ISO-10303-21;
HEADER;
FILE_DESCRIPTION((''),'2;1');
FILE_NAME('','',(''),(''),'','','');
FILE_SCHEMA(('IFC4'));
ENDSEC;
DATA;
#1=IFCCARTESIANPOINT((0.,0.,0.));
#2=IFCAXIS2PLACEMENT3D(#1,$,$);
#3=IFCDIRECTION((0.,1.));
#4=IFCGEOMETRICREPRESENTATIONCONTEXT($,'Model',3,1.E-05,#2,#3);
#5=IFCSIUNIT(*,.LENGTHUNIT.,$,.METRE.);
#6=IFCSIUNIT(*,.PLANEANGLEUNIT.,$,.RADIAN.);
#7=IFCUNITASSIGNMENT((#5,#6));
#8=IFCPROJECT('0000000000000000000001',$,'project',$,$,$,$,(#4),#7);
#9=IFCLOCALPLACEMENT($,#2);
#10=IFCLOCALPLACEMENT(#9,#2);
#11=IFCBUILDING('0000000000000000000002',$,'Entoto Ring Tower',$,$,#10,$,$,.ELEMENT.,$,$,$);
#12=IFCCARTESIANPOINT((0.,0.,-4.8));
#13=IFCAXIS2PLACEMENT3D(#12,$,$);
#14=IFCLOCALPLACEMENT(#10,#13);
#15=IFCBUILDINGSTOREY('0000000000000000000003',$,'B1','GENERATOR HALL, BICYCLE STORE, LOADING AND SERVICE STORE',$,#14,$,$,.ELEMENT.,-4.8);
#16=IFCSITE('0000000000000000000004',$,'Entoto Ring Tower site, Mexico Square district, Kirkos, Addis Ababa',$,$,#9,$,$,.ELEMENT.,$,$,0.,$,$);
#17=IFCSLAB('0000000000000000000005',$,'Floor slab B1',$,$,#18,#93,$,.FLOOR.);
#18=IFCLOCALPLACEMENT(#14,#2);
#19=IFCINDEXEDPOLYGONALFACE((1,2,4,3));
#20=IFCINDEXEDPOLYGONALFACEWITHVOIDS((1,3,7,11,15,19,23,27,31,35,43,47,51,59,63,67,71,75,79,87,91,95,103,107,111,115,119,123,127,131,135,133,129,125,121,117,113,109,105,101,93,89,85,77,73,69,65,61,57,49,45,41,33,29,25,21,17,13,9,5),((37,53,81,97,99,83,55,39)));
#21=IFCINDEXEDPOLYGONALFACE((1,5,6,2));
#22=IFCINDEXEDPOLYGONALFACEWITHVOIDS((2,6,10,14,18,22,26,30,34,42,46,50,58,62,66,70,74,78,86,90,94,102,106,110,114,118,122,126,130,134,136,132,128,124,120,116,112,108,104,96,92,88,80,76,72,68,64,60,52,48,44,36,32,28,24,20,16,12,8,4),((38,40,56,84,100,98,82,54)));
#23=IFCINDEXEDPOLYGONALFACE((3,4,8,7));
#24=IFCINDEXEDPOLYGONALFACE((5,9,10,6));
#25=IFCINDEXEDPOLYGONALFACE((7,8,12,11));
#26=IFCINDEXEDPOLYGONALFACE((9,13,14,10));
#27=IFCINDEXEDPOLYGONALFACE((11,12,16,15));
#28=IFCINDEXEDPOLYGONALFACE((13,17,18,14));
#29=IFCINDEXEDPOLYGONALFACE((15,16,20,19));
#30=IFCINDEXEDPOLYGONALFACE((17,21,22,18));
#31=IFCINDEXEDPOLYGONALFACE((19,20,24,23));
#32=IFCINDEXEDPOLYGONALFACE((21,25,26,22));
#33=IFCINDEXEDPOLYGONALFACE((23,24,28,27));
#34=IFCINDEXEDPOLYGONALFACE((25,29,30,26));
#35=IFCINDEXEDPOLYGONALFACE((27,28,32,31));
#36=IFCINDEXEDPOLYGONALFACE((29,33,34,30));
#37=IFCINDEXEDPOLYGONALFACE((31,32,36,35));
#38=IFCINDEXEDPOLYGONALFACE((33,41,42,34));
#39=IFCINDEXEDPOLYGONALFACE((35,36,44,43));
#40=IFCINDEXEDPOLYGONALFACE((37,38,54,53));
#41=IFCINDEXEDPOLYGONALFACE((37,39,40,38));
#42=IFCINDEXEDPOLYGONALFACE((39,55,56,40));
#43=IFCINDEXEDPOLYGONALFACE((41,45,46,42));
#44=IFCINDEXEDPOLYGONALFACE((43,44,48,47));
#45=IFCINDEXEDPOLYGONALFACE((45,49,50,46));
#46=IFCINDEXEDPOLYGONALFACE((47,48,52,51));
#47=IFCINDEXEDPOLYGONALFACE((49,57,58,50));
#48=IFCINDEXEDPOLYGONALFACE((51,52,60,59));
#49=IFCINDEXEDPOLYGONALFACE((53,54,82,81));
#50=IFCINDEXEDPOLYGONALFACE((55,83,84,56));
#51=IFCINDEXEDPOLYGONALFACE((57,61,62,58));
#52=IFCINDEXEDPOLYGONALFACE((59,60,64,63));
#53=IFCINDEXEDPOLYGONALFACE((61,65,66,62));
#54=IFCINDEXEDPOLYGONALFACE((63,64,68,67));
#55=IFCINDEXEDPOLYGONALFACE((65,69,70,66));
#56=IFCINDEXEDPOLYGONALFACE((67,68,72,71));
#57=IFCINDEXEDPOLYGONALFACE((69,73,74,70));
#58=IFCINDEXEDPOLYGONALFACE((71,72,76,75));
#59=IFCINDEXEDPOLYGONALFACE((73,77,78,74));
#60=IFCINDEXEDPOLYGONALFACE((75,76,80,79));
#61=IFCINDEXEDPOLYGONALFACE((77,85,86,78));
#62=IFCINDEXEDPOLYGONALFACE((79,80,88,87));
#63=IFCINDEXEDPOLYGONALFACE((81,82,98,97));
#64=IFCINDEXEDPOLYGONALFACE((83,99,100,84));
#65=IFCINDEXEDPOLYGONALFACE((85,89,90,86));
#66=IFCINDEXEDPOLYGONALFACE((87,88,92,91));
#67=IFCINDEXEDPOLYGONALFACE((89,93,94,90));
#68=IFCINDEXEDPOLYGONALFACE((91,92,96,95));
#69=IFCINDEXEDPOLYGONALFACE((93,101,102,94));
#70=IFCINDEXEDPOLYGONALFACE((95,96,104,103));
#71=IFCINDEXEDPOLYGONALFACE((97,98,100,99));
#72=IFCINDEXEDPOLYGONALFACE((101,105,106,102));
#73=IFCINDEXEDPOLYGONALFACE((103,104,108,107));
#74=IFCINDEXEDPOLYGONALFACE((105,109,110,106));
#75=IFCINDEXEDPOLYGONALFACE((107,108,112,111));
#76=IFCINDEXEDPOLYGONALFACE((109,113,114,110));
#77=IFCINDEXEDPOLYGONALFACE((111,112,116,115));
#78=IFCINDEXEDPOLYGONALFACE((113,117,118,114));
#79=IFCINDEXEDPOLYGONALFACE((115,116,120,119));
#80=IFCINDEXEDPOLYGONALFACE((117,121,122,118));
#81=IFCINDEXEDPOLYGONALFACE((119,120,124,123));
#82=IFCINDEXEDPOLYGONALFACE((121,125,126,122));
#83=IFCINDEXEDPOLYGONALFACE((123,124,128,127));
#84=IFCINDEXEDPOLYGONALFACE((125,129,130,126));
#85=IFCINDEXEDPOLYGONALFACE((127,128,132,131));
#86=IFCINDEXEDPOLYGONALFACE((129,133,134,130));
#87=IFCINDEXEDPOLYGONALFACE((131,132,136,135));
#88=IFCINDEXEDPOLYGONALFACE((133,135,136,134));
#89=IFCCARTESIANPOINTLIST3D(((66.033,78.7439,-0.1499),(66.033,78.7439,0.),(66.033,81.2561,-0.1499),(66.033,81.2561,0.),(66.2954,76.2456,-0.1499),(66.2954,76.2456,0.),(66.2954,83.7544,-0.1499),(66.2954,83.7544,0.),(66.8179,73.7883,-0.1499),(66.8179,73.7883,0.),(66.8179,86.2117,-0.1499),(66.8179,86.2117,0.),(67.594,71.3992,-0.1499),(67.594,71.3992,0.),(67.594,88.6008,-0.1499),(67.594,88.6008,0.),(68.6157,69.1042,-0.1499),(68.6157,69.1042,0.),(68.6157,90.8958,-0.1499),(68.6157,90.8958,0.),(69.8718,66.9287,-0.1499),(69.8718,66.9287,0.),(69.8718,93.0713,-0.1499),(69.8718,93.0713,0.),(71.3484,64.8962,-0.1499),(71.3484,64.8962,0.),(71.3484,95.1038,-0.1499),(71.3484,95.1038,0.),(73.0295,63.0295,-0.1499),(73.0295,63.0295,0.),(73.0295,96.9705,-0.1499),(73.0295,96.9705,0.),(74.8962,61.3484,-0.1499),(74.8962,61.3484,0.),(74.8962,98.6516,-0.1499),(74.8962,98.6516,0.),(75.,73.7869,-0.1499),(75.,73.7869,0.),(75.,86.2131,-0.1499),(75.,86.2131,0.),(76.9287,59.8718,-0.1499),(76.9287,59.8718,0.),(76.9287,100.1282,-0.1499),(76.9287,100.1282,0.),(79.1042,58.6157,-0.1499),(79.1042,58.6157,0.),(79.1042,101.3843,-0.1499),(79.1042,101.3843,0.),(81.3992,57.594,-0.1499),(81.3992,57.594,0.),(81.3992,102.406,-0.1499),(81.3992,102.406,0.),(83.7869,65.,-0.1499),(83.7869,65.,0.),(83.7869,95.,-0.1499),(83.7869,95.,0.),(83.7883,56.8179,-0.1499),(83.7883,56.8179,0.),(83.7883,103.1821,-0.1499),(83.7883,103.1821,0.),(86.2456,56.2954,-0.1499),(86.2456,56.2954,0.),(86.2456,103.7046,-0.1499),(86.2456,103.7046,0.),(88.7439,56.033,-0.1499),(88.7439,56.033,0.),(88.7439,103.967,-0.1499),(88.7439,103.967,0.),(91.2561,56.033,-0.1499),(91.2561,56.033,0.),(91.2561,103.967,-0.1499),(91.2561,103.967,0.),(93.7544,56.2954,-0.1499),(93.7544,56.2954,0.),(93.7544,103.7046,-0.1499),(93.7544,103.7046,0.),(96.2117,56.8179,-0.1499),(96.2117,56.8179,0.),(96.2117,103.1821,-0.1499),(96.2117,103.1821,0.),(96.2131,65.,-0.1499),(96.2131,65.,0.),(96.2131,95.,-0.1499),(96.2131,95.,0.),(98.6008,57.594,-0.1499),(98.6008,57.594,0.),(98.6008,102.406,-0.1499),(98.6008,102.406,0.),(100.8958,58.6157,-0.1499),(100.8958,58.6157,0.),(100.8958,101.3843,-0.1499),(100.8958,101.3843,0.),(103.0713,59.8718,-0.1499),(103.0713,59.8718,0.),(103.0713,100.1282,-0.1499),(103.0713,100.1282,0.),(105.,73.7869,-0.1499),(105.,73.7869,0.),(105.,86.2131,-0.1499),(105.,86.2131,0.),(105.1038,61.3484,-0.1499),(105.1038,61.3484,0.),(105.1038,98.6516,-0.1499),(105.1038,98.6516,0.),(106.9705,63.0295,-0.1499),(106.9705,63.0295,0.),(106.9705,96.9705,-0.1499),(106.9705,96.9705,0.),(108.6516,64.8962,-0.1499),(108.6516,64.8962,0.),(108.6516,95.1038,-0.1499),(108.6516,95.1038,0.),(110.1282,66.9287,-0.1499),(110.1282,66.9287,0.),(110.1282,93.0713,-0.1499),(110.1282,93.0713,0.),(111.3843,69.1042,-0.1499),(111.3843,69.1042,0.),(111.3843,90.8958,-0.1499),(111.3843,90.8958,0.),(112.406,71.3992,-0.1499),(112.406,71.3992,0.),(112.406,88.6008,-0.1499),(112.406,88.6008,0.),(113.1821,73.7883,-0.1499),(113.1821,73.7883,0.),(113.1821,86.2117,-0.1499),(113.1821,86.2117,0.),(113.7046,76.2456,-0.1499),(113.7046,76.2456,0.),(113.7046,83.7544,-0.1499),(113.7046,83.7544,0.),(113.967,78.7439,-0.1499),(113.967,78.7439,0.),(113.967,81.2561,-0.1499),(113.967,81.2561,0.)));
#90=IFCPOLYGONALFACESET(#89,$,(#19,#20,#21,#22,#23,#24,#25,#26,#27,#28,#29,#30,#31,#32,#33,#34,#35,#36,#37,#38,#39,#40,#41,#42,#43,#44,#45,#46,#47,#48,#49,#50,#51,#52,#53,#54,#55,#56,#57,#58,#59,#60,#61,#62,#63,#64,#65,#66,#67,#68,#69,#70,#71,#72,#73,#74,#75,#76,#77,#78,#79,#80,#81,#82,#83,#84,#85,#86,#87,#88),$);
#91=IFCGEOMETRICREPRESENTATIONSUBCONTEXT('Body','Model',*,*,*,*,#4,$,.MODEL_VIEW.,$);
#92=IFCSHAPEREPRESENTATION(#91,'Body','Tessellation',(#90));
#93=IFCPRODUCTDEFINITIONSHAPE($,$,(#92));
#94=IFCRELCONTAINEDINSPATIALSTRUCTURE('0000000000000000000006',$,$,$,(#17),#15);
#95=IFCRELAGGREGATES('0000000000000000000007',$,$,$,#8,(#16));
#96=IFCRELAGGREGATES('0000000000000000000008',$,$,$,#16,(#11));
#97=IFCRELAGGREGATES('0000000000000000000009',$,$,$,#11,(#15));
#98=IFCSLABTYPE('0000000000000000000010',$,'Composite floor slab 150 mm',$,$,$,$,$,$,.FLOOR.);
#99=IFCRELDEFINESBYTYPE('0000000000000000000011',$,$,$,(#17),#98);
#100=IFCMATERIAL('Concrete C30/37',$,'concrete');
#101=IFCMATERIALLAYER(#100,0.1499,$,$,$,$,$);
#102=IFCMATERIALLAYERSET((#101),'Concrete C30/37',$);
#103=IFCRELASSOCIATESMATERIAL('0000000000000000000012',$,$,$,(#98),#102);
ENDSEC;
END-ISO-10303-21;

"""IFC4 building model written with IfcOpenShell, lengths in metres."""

from ifc_helpers import new_model, si_unit, direction, frame, origin, place, context, subcontext, project, spatial, polyline, outline, extrude, material, layer, layer_set, type_object, element, save


model = new_model("IFC4")

# Units and contexts
model_context = context("Model", 3, precision=1e-05, world=origin(), true_north=direction((0.0, 1.0)))
body_context = subcontext(model_context, "Body", "Model", "MODEL_VIEW")
ifc_project = project(units=[si_unit("LENGTHUNIT", "METRE"), si_unit("PLANEANGLEUNIT", "RADIAN")], contexts=[model_context])

# Site, building, storey
site_placement = place(None, origin())
site = spatial("IfcSite", under=ifc_project, at=site_placement, Name="Entoto Ring Tower site, Mexico Square district, Kirkos, Addis Ababa", CompositionType="ELEMENT", RefElevation=0.0)
building_placement = place(site_placement, origin())
building = spatial("IfcBuilding", under=site, at=building_placement, Name="Entoto Ring Tower", CompositionType="ELEMENT")
storey_placement = place(building_placement, frame((0.0, 0.0, -4.8)))
storey = spatial("IfcBuildingStorey", under=building, at=storey_placement, Name="B1", Description="GENERATOR HALL, BICYCLE STORE, LOADING AND SERVICE STORE", CompositionType="ELEMENT", Elevation=-4.8)

# Slab
ifc_material_1 = material(Name="Concrete C30/37", Category="concrete")
ifc_layer_1 = layer(ifc_material_1, 0.1499)
ifc_layer_set_1 = layer_set([ifc_layer_1], Name="Concrete C30/37")
slab_type_1 = type_object("IfcSlabType", Name="Composite floor slab 150 mm", PredefinedType="FLOOR", material=ifc_layer_set_1)
slab_1_placement = place(storey_placement, frame((0.0, 0.0, -0.1499)))
element("IfcSlab", 1, at=slab_1_placement, inside=storey, type_object=slab_type_1, Name="Floor slab B1", PredefinedType="FLOOR", context=body_context, shape_type="SweptSolid", body=[
    extrude(outline(polyline([(113.7046, 83.7544), (113.1821, 86.2117), (112.406, 88.6008), (111.3843, 90.8958), (110.1282, 93.0713), (108.6516, 95.1038), (106.9705, 96.9705), (105.1038, 98.6516), (103.0713, 100.1282), (100.8958, 101.3843), (98.6008, 102.406), (96.2117, 103.1821), (93.7544, 103.7046), (91.2561, 103.967), (88.7439, 103.967), (86.2456, 103.7046), (83.7883, 103.1821), (81.3992, 102.406), (79.1042, 101.3843), (76.9287, 100.1282), (74.8962, 98.6516), (73.0295, 96.9705), (71.3484, 95.1038), (69.8718, 93.0713), (68.6157, 90.8958), (67.594, 88.6008), (66.8179, 86.2117), (66.2954, 83.7544), (66.033, 81.2561), (66.033, 78.7439), (66.2954, 76.2456), (66.8179, 73.7883), (67.594, 71.3992), (68.6157, 69.1042), (69.8718, 66.9287), (71.3484, 64.8962), (73.0295, 63.0295), (74.8962, 61.3484), (76.9287, 59.8718), (79.1042, 58.6157), (81.3992, 57.594), (83.7883, 56.8179), (86.2456, 56.2954), (88.7439, 56.033), (91.2561, 56.033), (93.7544, 56.2954), (96.2117, 56.8179), (98.6008, 57.594), (100.8958, 58.6157), (103.0713, 59.8718), (105.1038, 61.3484), (106.9705, 63.0295), (108.6516, 64.8962), (110.1282, 66.9287), (111.3843, 69.1042), (112.406, 71.3992), (113.1821, 73.7883), (113.7046, 76.2456), (113.967, 78.7439), (113.967, 81.2561), (113.7046, 83.7544)]), holes=[polyline([(105.0, 73.7869), (105.0, 86.2131), (96.2131, 95.0), (83.7869, 95.0), (75.0, 86.2131), (75.0, 73.7869), (83.7869, 65.0), (96.2131, 65.0), (105.0, 73.7869)])]), origin(), (0.0, 0.0, 1.0), 0.1499),
])

save(model, "model.ifc")
